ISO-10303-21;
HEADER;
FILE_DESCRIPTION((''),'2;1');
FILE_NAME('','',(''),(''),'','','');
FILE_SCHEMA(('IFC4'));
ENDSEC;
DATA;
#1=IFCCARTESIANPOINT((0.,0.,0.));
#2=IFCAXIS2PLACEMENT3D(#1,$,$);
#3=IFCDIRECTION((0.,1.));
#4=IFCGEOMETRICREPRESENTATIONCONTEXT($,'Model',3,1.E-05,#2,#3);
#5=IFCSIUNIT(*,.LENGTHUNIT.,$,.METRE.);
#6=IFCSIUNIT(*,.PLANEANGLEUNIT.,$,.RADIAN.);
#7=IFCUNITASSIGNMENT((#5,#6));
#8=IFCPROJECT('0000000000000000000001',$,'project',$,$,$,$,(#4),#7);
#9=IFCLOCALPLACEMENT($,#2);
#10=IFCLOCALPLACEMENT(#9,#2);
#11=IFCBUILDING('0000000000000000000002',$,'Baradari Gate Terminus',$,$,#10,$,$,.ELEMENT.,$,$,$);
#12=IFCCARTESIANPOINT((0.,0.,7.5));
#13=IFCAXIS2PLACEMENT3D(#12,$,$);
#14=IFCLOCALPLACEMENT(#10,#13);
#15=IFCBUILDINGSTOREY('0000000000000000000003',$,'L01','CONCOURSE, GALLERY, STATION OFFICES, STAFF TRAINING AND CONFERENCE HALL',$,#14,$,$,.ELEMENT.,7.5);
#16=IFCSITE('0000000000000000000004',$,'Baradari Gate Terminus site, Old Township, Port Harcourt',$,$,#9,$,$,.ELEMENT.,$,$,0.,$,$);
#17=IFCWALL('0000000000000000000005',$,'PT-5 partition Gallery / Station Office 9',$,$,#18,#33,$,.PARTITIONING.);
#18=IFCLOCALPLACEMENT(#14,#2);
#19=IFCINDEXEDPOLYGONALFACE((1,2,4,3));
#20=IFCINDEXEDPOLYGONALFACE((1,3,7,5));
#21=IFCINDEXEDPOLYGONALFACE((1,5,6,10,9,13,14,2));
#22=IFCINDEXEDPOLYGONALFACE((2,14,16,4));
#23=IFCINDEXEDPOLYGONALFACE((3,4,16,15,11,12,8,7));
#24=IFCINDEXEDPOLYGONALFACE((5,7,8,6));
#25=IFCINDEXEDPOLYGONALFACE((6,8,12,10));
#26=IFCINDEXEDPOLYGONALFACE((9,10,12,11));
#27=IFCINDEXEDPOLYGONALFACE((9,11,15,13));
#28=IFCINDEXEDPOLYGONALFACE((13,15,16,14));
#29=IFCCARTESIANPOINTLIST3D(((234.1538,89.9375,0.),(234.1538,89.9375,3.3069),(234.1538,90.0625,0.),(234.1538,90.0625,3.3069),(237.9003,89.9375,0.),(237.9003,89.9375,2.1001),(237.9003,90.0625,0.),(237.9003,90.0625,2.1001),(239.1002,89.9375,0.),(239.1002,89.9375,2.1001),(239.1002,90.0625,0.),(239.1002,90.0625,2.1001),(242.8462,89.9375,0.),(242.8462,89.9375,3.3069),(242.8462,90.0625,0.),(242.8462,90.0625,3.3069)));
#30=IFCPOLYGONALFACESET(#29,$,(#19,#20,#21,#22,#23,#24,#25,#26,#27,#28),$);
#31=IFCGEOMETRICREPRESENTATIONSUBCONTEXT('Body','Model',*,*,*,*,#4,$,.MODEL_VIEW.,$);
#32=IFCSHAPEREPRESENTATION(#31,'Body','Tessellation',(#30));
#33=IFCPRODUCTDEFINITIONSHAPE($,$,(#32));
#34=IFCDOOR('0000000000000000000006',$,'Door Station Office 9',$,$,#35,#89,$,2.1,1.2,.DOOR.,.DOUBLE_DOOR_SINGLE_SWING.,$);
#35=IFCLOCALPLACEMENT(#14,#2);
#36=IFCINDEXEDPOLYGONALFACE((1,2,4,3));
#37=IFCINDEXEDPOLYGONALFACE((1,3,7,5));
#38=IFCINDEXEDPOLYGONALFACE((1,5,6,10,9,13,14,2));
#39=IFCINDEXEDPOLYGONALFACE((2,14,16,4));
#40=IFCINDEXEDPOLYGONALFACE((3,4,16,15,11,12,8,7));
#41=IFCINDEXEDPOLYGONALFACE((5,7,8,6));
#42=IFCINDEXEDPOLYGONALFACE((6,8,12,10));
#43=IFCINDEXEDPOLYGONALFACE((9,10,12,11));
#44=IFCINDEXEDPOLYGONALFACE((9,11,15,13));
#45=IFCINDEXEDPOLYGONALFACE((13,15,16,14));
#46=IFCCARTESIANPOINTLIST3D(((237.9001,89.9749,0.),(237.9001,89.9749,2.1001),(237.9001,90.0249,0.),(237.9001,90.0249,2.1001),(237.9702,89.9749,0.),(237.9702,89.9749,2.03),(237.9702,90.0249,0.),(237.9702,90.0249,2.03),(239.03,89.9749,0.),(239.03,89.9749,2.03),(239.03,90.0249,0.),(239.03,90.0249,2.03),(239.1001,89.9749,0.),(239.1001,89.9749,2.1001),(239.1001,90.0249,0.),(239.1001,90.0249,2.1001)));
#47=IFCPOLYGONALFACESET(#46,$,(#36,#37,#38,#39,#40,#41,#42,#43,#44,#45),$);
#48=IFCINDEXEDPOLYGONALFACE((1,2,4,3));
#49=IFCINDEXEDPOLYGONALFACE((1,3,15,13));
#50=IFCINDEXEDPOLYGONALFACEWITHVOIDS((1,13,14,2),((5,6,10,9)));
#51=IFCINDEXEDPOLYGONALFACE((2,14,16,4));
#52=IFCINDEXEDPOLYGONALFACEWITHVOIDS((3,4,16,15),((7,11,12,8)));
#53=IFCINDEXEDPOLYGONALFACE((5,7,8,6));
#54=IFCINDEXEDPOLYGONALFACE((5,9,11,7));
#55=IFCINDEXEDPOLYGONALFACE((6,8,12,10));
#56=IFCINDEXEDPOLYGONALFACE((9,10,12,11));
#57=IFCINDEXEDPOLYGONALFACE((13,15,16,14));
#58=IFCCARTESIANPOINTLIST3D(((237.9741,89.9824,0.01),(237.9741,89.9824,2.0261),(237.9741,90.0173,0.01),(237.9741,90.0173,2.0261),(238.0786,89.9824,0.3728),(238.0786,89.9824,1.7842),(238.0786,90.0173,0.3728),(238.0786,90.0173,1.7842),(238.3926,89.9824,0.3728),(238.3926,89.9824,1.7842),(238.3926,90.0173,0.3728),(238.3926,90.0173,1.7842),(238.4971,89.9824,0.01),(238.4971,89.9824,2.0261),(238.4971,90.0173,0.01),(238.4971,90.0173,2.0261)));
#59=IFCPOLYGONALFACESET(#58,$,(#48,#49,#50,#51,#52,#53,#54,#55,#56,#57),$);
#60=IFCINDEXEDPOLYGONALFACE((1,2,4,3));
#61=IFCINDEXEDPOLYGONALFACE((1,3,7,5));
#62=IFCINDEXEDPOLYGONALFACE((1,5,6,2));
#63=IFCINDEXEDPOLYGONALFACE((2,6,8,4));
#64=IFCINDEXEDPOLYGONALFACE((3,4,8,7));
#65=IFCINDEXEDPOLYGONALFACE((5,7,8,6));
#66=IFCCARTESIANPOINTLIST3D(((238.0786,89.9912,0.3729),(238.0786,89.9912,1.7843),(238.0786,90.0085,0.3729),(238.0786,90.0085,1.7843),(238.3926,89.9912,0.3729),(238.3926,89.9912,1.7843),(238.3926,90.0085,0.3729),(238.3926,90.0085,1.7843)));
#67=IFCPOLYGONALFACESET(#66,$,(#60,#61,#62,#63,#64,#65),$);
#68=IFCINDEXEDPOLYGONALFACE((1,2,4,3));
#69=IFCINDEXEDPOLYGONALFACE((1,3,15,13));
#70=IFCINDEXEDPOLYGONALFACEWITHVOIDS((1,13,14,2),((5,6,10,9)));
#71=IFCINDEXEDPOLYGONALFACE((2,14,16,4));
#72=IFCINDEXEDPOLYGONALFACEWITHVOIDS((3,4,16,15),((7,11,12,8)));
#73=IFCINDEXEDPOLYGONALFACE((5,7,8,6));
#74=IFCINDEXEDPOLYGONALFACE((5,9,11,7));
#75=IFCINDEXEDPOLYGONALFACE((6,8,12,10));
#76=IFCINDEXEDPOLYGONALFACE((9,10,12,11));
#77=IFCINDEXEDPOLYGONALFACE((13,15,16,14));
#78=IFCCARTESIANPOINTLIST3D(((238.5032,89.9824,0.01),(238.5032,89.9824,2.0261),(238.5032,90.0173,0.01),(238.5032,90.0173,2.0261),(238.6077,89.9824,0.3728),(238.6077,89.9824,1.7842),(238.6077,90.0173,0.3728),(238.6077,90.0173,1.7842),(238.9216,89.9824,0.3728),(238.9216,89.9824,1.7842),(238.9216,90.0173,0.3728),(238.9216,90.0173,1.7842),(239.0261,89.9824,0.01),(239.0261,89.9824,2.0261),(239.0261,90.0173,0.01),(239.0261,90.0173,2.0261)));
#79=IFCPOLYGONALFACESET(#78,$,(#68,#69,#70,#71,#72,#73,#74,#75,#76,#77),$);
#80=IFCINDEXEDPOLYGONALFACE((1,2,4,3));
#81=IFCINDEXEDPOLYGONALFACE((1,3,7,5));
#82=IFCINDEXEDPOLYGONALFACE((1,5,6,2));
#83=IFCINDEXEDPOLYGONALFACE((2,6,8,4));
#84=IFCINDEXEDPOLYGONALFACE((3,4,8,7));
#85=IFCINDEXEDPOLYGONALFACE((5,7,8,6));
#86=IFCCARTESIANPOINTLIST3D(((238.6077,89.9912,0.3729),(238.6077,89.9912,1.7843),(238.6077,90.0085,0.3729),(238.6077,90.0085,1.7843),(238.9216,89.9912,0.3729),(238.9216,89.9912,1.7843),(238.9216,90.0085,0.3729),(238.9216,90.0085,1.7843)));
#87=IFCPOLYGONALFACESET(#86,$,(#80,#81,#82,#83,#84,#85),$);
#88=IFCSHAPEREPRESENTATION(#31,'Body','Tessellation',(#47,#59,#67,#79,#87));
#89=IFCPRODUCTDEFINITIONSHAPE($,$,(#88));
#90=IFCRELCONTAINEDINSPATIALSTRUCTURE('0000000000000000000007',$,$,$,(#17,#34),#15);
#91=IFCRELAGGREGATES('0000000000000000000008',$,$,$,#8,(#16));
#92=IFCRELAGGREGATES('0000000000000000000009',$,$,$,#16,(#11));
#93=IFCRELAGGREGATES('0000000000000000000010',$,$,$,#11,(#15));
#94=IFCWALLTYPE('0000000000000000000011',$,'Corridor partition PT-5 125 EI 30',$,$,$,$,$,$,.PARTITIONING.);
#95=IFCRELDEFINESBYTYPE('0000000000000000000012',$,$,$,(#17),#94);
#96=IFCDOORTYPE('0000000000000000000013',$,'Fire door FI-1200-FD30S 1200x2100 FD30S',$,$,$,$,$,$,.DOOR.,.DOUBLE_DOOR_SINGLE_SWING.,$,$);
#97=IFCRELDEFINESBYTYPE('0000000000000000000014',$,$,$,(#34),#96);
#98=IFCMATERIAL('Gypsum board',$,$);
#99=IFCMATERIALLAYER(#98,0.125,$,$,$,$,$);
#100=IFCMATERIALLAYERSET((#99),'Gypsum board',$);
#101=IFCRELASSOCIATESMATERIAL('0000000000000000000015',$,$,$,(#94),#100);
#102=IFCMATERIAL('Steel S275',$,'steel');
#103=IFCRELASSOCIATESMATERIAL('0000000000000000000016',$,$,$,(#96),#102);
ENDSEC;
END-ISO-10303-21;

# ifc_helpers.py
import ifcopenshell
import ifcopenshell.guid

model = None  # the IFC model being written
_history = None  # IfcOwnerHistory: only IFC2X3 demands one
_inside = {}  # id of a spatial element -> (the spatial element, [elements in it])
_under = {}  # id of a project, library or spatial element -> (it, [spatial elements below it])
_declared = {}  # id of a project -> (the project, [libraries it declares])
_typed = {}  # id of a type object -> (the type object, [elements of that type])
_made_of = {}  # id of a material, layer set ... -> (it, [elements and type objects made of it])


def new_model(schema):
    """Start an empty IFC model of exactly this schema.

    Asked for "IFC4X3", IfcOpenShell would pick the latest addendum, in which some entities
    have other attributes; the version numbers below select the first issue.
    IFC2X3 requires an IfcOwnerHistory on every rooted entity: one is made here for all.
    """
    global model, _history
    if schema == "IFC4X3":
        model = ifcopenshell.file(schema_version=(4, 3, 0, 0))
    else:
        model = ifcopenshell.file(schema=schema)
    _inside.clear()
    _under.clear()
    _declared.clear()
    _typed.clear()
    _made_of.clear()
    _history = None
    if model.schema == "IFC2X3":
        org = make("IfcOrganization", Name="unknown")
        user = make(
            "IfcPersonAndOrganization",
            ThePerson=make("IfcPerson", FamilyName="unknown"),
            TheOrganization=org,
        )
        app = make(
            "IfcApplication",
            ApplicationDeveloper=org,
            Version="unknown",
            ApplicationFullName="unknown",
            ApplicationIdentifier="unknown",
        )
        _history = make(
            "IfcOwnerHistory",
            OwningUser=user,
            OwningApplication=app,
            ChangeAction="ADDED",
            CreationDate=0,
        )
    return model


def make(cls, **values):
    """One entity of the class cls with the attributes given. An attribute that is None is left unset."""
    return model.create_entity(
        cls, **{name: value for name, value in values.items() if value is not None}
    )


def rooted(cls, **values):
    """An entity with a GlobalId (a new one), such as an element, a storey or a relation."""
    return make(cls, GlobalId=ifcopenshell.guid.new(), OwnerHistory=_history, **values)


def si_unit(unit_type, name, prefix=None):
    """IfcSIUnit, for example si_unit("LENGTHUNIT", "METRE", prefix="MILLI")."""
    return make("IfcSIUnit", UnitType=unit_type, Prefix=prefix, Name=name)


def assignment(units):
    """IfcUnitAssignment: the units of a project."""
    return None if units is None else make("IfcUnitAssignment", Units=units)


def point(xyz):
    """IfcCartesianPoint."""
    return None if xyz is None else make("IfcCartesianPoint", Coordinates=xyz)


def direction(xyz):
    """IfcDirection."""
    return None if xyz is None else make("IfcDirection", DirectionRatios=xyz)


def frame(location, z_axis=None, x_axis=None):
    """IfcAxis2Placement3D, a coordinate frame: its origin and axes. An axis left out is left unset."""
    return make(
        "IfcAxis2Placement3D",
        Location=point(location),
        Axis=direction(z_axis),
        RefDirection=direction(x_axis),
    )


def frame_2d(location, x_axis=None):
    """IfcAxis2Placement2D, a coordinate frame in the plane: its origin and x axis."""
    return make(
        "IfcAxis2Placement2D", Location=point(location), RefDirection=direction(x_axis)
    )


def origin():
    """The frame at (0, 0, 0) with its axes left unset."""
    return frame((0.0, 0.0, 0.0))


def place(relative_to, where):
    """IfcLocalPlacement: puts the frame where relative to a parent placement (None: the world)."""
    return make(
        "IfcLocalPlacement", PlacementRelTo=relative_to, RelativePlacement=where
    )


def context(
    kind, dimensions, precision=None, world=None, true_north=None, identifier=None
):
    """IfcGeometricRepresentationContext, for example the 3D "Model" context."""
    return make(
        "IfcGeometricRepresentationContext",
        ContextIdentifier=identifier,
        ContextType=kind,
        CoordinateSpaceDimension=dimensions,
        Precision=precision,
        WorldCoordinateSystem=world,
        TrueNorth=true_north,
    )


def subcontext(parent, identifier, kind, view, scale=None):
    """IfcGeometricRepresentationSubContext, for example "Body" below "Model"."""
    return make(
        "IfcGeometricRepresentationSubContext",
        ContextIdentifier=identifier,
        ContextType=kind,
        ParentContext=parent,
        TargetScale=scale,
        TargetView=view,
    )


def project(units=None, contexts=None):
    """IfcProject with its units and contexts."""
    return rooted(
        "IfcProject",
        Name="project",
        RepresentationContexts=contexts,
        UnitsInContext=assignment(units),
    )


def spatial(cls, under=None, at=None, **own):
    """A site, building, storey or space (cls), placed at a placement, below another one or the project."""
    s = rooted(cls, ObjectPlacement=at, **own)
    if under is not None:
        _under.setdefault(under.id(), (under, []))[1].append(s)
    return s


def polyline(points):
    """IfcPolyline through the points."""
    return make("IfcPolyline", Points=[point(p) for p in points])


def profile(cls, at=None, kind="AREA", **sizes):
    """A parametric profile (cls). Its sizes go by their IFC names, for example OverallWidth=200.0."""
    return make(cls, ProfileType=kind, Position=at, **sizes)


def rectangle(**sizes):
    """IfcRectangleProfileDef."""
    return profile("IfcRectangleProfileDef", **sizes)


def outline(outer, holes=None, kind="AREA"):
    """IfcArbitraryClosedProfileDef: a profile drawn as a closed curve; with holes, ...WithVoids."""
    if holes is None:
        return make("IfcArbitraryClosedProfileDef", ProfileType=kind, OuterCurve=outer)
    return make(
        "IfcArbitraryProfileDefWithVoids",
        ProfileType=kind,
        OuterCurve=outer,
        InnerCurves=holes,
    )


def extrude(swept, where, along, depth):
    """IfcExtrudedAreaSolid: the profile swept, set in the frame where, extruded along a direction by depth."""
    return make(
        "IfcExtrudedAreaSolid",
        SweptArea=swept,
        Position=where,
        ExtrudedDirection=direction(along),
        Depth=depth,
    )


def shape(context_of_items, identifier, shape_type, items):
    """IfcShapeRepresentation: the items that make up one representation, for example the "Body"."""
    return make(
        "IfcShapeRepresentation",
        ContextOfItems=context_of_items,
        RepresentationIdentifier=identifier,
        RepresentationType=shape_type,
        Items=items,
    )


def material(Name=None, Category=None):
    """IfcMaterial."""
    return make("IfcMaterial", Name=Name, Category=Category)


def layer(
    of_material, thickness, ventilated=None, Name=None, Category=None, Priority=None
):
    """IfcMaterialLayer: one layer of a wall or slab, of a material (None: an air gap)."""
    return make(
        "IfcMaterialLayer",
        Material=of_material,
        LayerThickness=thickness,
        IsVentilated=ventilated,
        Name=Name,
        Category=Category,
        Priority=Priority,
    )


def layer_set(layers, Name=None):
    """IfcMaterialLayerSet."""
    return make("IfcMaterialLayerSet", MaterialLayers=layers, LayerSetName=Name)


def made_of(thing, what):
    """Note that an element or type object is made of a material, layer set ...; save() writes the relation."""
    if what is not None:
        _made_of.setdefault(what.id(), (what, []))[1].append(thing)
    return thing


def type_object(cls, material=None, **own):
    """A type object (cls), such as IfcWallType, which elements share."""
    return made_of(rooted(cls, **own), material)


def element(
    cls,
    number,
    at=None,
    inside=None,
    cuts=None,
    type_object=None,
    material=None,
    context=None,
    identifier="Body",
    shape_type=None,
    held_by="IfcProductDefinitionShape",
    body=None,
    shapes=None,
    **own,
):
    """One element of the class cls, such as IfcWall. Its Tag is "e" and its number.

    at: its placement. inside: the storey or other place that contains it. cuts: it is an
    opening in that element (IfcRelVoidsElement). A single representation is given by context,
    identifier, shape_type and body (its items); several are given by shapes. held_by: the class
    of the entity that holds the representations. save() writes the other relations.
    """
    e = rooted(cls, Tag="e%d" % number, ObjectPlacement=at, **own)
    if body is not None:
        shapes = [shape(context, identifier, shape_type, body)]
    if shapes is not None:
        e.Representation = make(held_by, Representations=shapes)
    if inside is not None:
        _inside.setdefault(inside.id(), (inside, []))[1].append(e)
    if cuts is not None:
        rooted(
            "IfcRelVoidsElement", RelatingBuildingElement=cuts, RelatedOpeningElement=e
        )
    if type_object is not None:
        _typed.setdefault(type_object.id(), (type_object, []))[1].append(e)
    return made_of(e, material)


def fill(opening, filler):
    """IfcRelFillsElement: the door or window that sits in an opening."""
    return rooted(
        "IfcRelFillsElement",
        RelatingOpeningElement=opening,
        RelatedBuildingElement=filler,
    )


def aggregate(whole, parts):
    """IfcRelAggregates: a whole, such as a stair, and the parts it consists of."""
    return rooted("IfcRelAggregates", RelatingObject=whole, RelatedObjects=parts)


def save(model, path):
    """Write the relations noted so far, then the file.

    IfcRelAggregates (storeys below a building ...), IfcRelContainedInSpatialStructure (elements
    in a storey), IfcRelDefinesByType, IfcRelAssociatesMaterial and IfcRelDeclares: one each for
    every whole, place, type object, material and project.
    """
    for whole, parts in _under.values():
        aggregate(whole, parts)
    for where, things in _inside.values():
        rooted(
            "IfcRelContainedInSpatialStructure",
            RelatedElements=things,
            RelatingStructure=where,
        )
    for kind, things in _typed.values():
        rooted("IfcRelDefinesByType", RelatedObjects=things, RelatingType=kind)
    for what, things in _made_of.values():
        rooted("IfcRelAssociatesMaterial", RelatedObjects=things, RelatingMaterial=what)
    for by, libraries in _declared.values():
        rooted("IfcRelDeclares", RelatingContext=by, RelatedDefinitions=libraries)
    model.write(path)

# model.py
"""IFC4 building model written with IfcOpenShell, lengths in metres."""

from ifc_helpers import new_model, si_unit, direction, frame, frame_2d, origin, place, context, subcontext, project, spatial, polyline, rectangle, outline, extrude, material, layer, layer_set, type_object, element, fill, save


model = new_model("IFC4")

# Units and contexts
model_context = context("Model", 3, precision=1e-05, world=origin(), true_north=direction((0.0, 1.0)))
body_context = subcontext(model_context, "Body", "Model", "MODEL_VIEW")
ifc_project = project(units=[si_unit("LENGTHUNIT", "METRE"), si_unit("PLANEANGLEUNIT", "RADIAN")], contexts=[model_context])

# Site, building, storey
site_placement = place(None, origin())
site = spatial("IfcSite", under=ifc_project, at=site_placement, Name="Baradari Gate Terminus site, Old Township, Port Harcourt", CompositionType="ELEMENT", RefElevation=0.0)
building_placement = place(site_placement, origin())
building = spatial("IfcBuilding", under=site, at=building_placement, Name="Baradari Gate Terminus", CompositionType="ELEMENT")
storey_placement = place(building_placement, frame((0.0, 0.0, 7.5)))
storey = spatial("IfcBuildingStorey", under=building, at=storey_placement, Name="L01", Description="CONCOURSE, GALLERY, STATION OFFICES, STAFF TRAINING AND CONFERENCE HALL", CompositionType="ELEMENT", Elevation=7.5)

# Wall, opening, door
ifc_material_1 = material(Name="Gypsum board")
ifc_layer_1 = layer(ifc_material_1, 0.125)
ifc_layer_set_1 = layer_set([ifc_layer_1], Name="Gypsum board")
wall_type_1 = type_object("IfcWallType", Name="Corridor partition PT-5 125 EI 30", PredefinedType="PARTITIONING", material=ifc_layer_set_1)
wall_1_placement = place(storey_placement, frame((234.1538, 90.0, 0.0), z_axis=(0.0, 0.0, 1.0), x_axis=(1.0, 0.0, 0.0)))
wall_1 = element("IfcWall", 1, at=wall_1_placement, inside=storey, type_object=wall_type_1, Name="PT-5 partition Gallery / Station Office 9", PredefinedType="PARTITIONING", context=body_context, shape_type="SweptSolid", body=[
    extrude(rectangle(XDim=8.6924, YDim=0.125, at=frame_2d((4.3462, 0.0))), origin(), (0.0, 0.0, 1.0), 3.3069),
])
opening_1_placement = place(wall_1_placement, frame((3.7463, 0.0, 0.0)))
opening_1 = element("IfcOpeningElement", 2, at=opening_1_placement, cuts=wall_1, PredefinedType="OPENING", context=body_context, shape_type="SweptSolid", body=[
    extrude(rectangle(XDim=1.2, YDim=2.1001, at=frame_2d((0.6001, 1.05))), frame((0.0, 0.0725, 0.0), z_axis=(0.0, -1.0, 0.0), x_axis=(1.0, 0.0, 0.0)), (0.0, 0.0, 1.0), 0.145),
])
ifc_material_2 = material(Name="Steel S275", Category="steel")
door_type = type_object("IfcDoorType", Name="Fire door FI-1200-FD30S 1200x2100 FD30S", OperationType="DOUBLE_DOOR_SINGLE_SWING", PredefinedType="DOOR", material=ifc_material_2)
door_placement = place(opening_1_placement, origin())
door = element("IfcDoor", 3, at=door_placement, inside=storey, type_object=door_type, Name="Door Station Office 9", OperationType="DOUBLE_DOOR_SINGLE_SWING", OverallHeight=2.1, OverallWidth=1.2, PredefinedType="DOOR", context=body_context, shape_type="SweptSolid", body=[
    extrude(outline(polyline([(0.0, 0.0), (0.0701, 0.0), (0.0701, 2.03), (1.1299, 2.03), (1.1299, 0.0), (1.2, 0.0), (1.2, 2.1001), (0.0, 2.1001), (0.0, 0.0)])), frame((0.0, 0.0249, 0.0), z_axis=(0.0, -1.0, 0.0), x_axis=(1.0, 0.0, 0.0)), (0.0, 0.0, 1.0), 0.05),
    extrude(outline(polyline([(0.074, 0.01), (0.5969, 0.01), (0.5969, 2.0261), (0.074, 2.0261), (0.074, 0.01)]), holes=[polyline([(0.1785, 0.3728), (0.4924, 0.3728), (0.4924, 1.7842), (0.1785, 1.7842), (0.1785, 0.3728)])]), frame((0.0, 0.0173, 0.0), z_axis=(0.0, -1.0, 0.0), x_axis=(1.0, 0.0, 0.0)), (0.0, 0.0, 1.0), 0.0349),
    extrude(rectangle(XDim=0.314, YDim=1.4114, at=frame_2d((0.3354, 1.0786))), frame((0.0, 0.0085, 0.0), z_axis=(0.0, -1.0, 0.0), x_axis=(1.0, 0.0, 0.0)), (0.0, 0.0, 1.0), 0.0173),
    extrude(outline(polyline([(0.603, 0.01), (1.126, 0.01), (1.126, 2.0261), (0.603, 2.0261), (0.603, 0.01)]), holes=[polyline([(0.7075, 0.3728), (1.0215, 0.3728), (1.0215, 1.7842), (0.7075, 1.7842), (0.7075, 0.3728)])]), frame((0.0, 0.0173, 0.0), z_axis=(0.0, -1.0, 0.0), x_axis=(1.0, 0.0, 0.0)), (0.0, 0.0, 1.0), 0.0349),
    extrude(rectangle(XDim=0.314, YDim=1.4114, at=frame_2d((0.8645, 1.0786))), frame((0.0, 0.0085, 0.0), z_axis=(0.0, -1.0, 0.0), x_axis=(1.0, 0.0, 0.0)), (0.0, 0.0, 1.0), 0.0173),
])
fill(opening_1, door)

save(model, "model.ifc")
